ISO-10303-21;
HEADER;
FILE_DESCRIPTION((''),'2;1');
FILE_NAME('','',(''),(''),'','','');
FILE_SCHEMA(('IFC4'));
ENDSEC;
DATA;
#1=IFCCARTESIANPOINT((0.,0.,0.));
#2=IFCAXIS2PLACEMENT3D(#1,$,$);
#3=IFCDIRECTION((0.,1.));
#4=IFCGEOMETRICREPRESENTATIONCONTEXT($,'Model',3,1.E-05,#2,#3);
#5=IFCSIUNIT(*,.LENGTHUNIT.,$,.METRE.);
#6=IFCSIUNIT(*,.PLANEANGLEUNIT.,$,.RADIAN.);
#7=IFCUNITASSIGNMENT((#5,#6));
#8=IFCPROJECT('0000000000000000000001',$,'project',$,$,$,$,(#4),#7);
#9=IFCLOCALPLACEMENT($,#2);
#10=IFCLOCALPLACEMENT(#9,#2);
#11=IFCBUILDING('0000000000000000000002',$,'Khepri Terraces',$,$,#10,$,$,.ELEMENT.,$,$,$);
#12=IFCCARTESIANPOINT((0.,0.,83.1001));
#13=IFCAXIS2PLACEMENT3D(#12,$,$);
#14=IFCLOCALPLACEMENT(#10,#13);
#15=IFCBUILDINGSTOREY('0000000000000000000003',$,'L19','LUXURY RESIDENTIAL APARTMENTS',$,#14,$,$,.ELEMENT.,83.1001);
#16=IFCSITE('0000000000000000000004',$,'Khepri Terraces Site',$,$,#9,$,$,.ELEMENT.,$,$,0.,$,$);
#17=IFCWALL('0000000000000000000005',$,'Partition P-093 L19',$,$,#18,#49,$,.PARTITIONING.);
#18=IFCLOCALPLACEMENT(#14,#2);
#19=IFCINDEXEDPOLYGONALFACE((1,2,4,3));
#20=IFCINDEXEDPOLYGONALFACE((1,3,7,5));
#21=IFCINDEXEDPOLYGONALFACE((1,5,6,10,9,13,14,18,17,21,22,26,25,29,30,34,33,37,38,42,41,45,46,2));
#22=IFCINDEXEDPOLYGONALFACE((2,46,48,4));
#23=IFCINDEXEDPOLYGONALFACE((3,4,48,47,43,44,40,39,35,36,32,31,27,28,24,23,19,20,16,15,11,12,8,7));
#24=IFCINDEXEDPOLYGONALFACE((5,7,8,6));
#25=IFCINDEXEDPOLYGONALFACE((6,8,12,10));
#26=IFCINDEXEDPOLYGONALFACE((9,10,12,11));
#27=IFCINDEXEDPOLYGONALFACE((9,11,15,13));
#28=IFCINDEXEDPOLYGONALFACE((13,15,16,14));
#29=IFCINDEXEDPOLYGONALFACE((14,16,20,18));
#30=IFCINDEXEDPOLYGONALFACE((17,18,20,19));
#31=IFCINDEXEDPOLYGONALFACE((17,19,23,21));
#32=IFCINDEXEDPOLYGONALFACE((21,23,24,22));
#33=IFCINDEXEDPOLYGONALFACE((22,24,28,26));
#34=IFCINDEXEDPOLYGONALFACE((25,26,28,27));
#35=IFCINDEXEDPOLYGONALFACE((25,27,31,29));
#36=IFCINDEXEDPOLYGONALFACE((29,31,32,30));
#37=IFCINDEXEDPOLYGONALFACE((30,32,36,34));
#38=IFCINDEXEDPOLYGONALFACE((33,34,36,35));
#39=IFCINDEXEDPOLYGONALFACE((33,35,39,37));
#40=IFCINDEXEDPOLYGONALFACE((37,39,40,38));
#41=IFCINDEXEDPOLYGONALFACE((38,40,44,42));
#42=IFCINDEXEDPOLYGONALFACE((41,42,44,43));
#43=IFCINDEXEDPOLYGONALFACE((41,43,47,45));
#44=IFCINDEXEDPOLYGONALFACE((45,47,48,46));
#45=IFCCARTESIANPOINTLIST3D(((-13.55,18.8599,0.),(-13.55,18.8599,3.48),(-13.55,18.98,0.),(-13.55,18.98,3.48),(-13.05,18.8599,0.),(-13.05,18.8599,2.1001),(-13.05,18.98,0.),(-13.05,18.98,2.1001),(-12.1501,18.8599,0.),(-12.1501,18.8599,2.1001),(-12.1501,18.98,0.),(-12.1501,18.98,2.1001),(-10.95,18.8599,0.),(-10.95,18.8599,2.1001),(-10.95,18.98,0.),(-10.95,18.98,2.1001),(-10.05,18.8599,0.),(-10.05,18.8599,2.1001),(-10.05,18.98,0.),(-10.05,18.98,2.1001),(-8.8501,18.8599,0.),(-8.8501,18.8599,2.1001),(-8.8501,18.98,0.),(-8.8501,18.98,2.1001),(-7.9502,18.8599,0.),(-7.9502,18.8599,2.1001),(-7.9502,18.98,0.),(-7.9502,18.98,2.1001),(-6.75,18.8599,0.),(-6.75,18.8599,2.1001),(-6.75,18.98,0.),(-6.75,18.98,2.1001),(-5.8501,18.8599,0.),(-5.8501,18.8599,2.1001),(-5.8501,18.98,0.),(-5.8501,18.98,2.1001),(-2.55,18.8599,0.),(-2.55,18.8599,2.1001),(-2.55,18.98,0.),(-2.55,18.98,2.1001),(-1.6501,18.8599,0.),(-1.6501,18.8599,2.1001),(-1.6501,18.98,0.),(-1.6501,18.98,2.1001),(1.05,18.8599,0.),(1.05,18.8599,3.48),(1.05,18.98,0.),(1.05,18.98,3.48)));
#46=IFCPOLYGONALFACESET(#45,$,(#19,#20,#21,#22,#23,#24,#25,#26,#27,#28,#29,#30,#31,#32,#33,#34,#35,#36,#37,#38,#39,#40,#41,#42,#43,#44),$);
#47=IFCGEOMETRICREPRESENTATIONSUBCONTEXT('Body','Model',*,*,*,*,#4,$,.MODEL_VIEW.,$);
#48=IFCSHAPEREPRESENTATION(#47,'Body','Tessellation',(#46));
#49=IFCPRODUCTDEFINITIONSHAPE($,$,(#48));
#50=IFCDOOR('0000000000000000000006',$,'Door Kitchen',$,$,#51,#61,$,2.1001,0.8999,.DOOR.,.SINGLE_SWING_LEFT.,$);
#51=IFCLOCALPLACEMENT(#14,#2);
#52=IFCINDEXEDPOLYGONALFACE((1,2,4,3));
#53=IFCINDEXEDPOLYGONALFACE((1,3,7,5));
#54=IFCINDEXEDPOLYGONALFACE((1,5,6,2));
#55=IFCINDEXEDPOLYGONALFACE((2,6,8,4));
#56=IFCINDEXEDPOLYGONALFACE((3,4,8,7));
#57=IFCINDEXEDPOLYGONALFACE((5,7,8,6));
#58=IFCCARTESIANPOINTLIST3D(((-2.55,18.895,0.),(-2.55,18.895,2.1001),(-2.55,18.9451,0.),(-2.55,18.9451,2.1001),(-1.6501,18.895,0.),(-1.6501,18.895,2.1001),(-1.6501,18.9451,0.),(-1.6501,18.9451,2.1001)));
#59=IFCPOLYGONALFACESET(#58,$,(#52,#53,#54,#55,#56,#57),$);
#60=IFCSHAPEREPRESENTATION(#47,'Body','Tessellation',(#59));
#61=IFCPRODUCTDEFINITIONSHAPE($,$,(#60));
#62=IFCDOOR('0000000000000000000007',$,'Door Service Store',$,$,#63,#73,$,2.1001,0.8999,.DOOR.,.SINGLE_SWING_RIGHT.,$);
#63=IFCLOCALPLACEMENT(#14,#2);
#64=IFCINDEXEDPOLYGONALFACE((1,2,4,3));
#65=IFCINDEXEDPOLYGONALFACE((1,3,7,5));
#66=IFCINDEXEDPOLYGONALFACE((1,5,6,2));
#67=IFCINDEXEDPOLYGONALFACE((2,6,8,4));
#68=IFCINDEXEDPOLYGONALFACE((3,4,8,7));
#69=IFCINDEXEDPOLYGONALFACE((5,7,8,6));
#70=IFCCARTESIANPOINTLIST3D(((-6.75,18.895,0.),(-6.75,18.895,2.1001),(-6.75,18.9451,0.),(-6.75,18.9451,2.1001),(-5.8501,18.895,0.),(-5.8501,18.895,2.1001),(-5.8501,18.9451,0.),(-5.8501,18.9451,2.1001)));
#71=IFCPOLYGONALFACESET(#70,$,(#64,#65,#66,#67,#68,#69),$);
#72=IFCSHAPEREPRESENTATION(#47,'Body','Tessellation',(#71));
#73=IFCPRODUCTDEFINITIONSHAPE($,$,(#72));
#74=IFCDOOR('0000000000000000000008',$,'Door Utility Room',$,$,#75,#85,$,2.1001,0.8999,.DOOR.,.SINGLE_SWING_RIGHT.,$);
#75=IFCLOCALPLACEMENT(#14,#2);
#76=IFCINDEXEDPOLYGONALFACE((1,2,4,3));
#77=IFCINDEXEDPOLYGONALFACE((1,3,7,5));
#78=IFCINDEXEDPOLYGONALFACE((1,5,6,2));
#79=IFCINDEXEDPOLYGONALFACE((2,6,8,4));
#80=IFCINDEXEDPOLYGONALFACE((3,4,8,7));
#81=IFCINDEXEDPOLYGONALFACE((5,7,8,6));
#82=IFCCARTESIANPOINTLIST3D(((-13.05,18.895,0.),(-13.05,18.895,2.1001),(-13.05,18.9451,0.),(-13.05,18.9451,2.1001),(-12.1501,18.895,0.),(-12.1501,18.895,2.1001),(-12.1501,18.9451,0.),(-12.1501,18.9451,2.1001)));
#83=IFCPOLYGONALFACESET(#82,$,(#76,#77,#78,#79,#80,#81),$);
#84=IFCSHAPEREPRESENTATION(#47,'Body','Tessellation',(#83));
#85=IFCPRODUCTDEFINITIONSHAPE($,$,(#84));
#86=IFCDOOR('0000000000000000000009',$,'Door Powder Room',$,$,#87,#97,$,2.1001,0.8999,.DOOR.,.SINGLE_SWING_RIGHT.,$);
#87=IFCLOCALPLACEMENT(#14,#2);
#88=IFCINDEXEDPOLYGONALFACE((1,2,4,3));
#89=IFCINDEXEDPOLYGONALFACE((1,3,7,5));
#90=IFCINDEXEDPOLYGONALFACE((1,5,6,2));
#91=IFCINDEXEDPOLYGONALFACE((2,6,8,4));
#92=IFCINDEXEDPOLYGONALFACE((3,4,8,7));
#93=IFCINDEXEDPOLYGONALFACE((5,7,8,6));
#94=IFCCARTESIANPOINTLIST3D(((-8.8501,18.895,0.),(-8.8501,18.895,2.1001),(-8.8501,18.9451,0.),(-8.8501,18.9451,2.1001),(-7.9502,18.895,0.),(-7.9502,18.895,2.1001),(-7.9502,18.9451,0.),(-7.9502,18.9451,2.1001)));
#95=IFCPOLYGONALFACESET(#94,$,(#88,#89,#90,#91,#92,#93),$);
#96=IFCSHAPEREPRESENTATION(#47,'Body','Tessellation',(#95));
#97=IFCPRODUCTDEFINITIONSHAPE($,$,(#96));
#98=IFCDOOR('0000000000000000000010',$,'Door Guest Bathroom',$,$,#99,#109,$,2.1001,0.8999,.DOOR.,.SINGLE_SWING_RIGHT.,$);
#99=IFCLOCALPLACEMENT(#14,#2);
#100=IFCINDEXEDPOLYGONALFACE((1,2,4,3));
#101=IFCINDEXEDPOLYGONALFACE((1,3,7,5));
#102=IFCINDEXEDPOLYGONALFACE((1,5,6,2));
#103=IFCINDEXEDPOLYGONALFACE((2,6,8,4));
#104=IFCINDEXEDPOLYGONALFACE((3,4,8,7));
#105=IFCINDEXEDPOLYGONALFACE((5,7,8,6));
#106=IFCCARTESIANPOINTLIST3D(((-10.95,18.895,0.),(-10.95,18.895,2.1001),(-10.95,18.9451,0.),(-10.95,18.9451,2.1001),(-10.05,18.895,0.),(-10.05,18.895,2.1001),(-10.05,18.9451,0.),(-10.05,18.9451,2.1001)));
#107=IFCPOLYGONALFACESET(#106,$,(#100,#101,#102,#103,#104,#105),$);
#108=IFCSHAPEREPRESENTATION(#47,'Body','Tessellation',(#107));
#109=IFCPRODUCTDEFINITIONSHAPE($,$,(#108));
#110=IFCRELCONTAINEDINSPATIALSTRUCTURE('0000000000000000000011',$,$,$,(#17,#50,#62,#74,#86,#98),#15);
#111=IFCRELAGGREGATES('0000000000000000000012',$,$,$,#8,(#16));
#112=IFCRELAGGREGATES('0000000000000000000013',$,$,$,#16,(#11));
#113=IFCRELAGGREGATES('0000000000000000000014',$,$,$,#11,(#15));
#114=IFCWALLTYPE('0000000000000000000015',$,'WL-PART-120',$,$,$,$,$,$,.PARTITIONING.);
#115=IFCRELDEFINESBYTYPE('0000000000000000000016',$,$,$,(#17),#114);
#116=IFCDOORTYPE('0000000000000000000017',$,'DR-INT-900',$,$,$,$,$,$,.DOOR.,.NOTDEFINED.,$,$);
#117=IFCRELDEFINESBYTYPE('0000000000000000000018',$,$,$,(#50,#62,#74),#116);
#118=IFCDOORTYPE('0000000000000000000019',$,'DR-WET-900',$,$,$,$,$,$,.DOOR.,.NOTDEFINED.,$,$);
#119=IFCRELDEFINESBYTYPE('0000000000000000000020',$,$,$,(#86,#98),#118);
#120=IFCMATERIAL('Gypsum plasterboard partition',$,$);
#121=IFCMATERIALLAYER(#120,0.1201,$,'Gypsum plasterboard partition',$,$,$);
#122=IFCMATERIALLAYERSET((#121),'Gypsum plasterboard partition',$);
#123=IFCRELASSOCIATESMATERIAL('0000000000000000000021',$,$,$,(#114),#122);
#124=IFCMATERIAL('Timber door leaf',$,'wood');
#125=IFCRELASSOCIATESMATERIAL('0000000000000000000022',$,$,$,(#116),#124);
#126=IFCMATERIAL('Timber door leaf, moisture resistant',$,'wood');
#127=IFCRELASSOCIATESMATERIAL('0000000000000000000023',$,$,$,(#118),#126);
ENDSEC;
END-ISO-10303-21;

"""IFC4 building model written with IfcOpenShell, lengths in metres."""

from ifc_helpers import new_model, si_unit, direction, frame, frame_2d, origin, place, context, subcontext, project, spatial, rectangle, extrude, material, layer, layer_set, type_object, element, fill, save


model = new_model("IFC4")

# Units and contexts
model_context = context("Model", 3, precision=1e-05, world=origin(), true_north=direction((0.0, 1.0)))
body_context = subcontext(model_context, "Body", "Model", "MODEL_VIEW")
ifc_project = project(units=[si_unit("LENGTHUNIT", "METRE"), si_unit("PLANEANGLEUNIT", "RADIAN")], contexts=[model_context])

# Site, building, storey
site_placement = place(None, origin())
site = spatial("IfcSite", under=ifc_project, at=site_placement, Name="Khepri Terraces Site", CompositionType="ELEMENT", RefElevation=0.0)
building_placement = place(site_placement, origin())
building = spatial("IfcBuilding", under=site, at=building_placement, Name="Khepri Terraces", CompositionType="ELEMENT")
storey_placement = place(building_placement, frame((0.0, 0.0, 83.1001)))
storey = spatial("IfcBuildingStorey", under=building, at=storey_placement, Name="L19", Description="LUXURY RESIDENTIAL APARTMENTS", CompositionType="ELEMENT", Elevation=83.1001)

# Shared definitions
ifc_material_1 = material(Name="Gypsum plasterboard partition")
ifc_layer_1 = layer(ifc_material_1, 0.1201, Name="Gypsum plasterboard partition")
ifc_layer_set_1 = layer_set([ifc_layer_1], Name="Gypsum plasterboard partition")
wall_type_1 = type_object("IfcWallType", Name="WL-PART-120", PredefinedType="PARTITIONING", material=ifc_layer_set_1)

# Wall, openings, doors
wall_1_placement = place(storey_placement, frame((-13.55, 18.9199, 0.0), z_axis=(0.0, 0.0, 1.0), x_axis=(1.0, 0.0, 0.0)))
wall_1 = element("IfcWall", 1, at=wall_1_placement, inside=storey, type_object=wall_type_1, Name="Partition P-093 L19", PredefinedType="PARTITIONING", context=body_context, shape_type="SweptSolid", body=[
    extrude(rectangle(XDim=14.6001, YDim=0.1201, at=frame_2d((7.3, 0.0))), origin(), (0.0, 0.0, 1.0), 3.48),
])
opening_1_placement = place(wall_1_placement, frame((11.0, 0.0, 0.0)))
opening_1 = element("IfcOpeningElement", 2, at=opening_1_placement, cuts=wall_1, PredefinedType="OPENING", context=body_context, shape_type="SweptSolid", body=[
    extrude(rectangle(XDim=0.8999, YDim=2.1001, at=frame_2d((0.45, 1.05))), frame((0.0, 0.0701, 0.0), z_axis=(0.0, -1.0, 0.0), x_axis=(1.0, 0.0, 0.0)), (0.0, 0.0, 1.0), 0.1401),
])
opening_2_placement = place(wall_1_placement, frame((6.8, 0.0, 0.0)))
opening_2 = element("IfcOpeningElement", 3, at=opening_2_placement, cuts=wall_1, PredefinedType="OPENING", context=body_context, shape_type="SweptSolid", body=[
    extrude(rectangle(XDim=0.8999, YDim=2.1001, at=frame_2d((0.45, 1.05))), frame((0.0, 0.0701, 0.0), z_axis=(0.0, -1.0, 0.0), x_axis=(1.0, 0.0, 0.0)), (0.0, 0.0, 1.0), 0.1401),
])
opening_3_placement = place(wall_1_placement, frame((4.7, 0.0, 0.0)))
opening_3 = element("IfcOpeningElement", 4, at=opening_3_placement, cuts=wall_1, PredefinedType="OPENING", context=body_context, shape_type="SweptSolid", body=[
    extrude(rectangle(XDim=0.8999, YDim=2.1001, at=frame_2d((0.45, 1.05))), frame((0.0, 0.0701, 0.0), z_axis=(0.0, -1.0, 0.0), x_axis=(1.0, 0.0, 0.0)), (0.0, 0.0, 1.0), 0.1401),
])
opening_4_placement = place(wall_1_placement, frame((2.6001, 0.0, 0.0)))
opening_4 = element("IfcOpeningElement", 5, at=opening_4_placement, cuts=wall_1, PredefinedType="OPENING", context=body_context, shape_type="SweptSolid", body=[
    extrude(rectangle(XDim=0.8999, YDim=2.1001, at=frame_2d((0.45, 1.05))), frame((0.0, 0.0701, 0.0), z_axis=(0.0, -1.0, 0.0), x_axis=(1.0, 0.0, 0.0)), (0.0, 0.0, 1.0), 0.1401),
])
opening_5_placement = place(wall_1_placement, frame((0.5, 0.0, 0.0)))
opening_5 = element("IfcOpeningElement", 6, at=opening_5_placement, cuts=wall_1, PredefinedType="OPENING", context=body_context, shape_type="SweptSolid", body=[
    extrude(rectangle(XDim=0.8999, YDim=2.1001, at=frame_2d((0.45, 1.05))), frame((0.0, 0.0701, 0.0), z_axis=(0.0, -1.0, 0.0), x_axis=(1.0, 0.0, 0.0)), (0.0, 0.0, 1.0), 0.1401),
])
ifc_material_2 = material(Name="Timber door leaf", Category="wood")
door_type_1 = type_object("IfcDoorType", Name="DR-INT-900", OperationType="NOTDEFINED", PredefinedType="DOOR", material=ifc_material_2)
door_1_placement = place(opening_1_placement, frame((0.8999, 0.0, 0.0), z_axis=(0.0, 0.0, 1.0), x_axis=(-1.0, 0.0, 0.0)))
door_1 = element("IfcDoor", 7, at=door_1_placement, inside=storey, type_object=door_type_1, Name="Door Kitchen", OperationType="SINGLE_SWING_LEFT", OverallHeight=2.1001, OverallWidth=0.8999, PredefinedType="DOOR", context=body_context, shape_type="SweptSolid", body=[
    extrude(rectangle(XDim=0.8999, YDim=2.1001, at=frame_2d((0.45, 1.05))), frame((0.0, 0.0249, 0.0), z_axis=(0.0, -1.0, 0.0), x_axis=(1.0, 0.0, 0.0)), (0.0, 0.0, 1.0), 0.05),
])
fill(opening_1, door_1)
door_2_placement = place(opening_2_placement, frame((0.8999, 0.0, 0.0), z_axis=(0.0, 0.0, 1.0), x_axis=(-1.0, 0.0, 0.0)))
door_2 = element("IfcDoor", 8, at=door_2_placement, inside=storey, type_object=door_type_1, Name="Door Service Store", OperationType="SINGLE_SWING_RIGHT", OverallHeight=2.1001, OverallWidth=0.8999, PredefinedType="DOOR", context=body_context, shape_type="SweptSolid", body=[
    extrude(rectangle(XDim=0.8999, YDim=2.1001, at=frame_2d((0.45, 1.05))), frame((0.0, 0.0249, 0.0), z_axis=(0.0, -1.0, 0.0), x_axis=(1.0, 0.0, 0.0)), (0.0, 0.0, 1.0), 0.05),
])
fill(opening_2, door_2)
door_3_placement = place(opening_5_placement, frame((0.8999, 0.0, 0.0), z_axis=(0.0, 0.0, 1.0), x_axis=(-1.0, 0.0, 0.0)))
door_3 = element("IfcDoor", 9, at=door_3_placement, inside=storey, type_object=door_type_1, Name="Door Utility Room", OperationType="SINGLE_SWING_RIGHT", OverallHeight=2.1001, OverallWidth=0.8999, PredefinedType="DOOR", context=body_context, shape_type="SweptSolid", body=[
    extrude(rectangle(XDim=0.8999, YDim=2.1001, at=frame_2d((0.45, 1.05))), frame((0.0, 0.0249, 0.0), z_axis=(0.0, -1.0, 0.0), x_axis=(1.0, 0.0, 0.0)), (0.0, 0.0, 1.0), 0.05),
])
fill(opening_5, door_3)
ifc_material_3 = material(Name="Timber door leaf, moisture resistant", Category="wood")
door_type_2 = type_object("IfcDoorType", Name="DR-WET-900", OperationType="NOTDEFINED", PredefinedType="DOOR", material=ifc_material_3)
door_4_placement = place(opening_3_placement, frame((0.8999, 0.0, 0.0), z_axis=(0.0, 0.0, 1.0), x_axis=(-1.0, 0.0, 0.0)))
door_4 = element("IfcDoor", 10, at=door_4_placement, inside=storey, type_object=door_type_2, Name="Door Powder Room", OperationType="SINGLE_SWING_RIGHT", OverallHeight=2.1001, OverallWidth=0.8999, PredefinedType="DOOR", context=body_context, shape_type="SweptSolid", body=[
    extrude(rectangle(XDim=0.8999, YDim=2.1001, at=frame_2d((0.45, 1.05))), frame((0.0, 0.0249, 0.0), z_axis=(0.0, -1.0, 0.0), x_axis=(1.0, 0.0, 0.0)), (0.0, 0.0, 1.0), 0.05),
])
fill(opening_3, door_4)
door_5_placement = place(opening_4_placement, frame((0.8999, 0.0, 0.0), z_axis=(0.0, 0.0, 1.0), x_axis=(-1.0, 0.0, 0.0)))
door_5 = element("IfcDoor", 11, at=door_5_placement, inside=storey, type_object=door_type_2, Name="Door Guest Bathroom", OperationType="SINGLE_SWING_RIGHT", OverallHeight=2.1001, OverallWidth=0.8999, PredefinedType="DOOR", context=body_context, shape_type="SweptSolid", body=[
    extrude(rectangle(XDim=0.8999, YDim=2.1001, at=frame_2d((0.45, 1.05))), frame((0.0, 0.0249, 0.0), z_axis=(0.0, -1.0, 0.0), x_axis=(1.0, 0.0, 0.0)), (0.0, 0.0, 1.0), 0.05),
])
fill(opening_4, door_5)

save(model, "model.ifc")
